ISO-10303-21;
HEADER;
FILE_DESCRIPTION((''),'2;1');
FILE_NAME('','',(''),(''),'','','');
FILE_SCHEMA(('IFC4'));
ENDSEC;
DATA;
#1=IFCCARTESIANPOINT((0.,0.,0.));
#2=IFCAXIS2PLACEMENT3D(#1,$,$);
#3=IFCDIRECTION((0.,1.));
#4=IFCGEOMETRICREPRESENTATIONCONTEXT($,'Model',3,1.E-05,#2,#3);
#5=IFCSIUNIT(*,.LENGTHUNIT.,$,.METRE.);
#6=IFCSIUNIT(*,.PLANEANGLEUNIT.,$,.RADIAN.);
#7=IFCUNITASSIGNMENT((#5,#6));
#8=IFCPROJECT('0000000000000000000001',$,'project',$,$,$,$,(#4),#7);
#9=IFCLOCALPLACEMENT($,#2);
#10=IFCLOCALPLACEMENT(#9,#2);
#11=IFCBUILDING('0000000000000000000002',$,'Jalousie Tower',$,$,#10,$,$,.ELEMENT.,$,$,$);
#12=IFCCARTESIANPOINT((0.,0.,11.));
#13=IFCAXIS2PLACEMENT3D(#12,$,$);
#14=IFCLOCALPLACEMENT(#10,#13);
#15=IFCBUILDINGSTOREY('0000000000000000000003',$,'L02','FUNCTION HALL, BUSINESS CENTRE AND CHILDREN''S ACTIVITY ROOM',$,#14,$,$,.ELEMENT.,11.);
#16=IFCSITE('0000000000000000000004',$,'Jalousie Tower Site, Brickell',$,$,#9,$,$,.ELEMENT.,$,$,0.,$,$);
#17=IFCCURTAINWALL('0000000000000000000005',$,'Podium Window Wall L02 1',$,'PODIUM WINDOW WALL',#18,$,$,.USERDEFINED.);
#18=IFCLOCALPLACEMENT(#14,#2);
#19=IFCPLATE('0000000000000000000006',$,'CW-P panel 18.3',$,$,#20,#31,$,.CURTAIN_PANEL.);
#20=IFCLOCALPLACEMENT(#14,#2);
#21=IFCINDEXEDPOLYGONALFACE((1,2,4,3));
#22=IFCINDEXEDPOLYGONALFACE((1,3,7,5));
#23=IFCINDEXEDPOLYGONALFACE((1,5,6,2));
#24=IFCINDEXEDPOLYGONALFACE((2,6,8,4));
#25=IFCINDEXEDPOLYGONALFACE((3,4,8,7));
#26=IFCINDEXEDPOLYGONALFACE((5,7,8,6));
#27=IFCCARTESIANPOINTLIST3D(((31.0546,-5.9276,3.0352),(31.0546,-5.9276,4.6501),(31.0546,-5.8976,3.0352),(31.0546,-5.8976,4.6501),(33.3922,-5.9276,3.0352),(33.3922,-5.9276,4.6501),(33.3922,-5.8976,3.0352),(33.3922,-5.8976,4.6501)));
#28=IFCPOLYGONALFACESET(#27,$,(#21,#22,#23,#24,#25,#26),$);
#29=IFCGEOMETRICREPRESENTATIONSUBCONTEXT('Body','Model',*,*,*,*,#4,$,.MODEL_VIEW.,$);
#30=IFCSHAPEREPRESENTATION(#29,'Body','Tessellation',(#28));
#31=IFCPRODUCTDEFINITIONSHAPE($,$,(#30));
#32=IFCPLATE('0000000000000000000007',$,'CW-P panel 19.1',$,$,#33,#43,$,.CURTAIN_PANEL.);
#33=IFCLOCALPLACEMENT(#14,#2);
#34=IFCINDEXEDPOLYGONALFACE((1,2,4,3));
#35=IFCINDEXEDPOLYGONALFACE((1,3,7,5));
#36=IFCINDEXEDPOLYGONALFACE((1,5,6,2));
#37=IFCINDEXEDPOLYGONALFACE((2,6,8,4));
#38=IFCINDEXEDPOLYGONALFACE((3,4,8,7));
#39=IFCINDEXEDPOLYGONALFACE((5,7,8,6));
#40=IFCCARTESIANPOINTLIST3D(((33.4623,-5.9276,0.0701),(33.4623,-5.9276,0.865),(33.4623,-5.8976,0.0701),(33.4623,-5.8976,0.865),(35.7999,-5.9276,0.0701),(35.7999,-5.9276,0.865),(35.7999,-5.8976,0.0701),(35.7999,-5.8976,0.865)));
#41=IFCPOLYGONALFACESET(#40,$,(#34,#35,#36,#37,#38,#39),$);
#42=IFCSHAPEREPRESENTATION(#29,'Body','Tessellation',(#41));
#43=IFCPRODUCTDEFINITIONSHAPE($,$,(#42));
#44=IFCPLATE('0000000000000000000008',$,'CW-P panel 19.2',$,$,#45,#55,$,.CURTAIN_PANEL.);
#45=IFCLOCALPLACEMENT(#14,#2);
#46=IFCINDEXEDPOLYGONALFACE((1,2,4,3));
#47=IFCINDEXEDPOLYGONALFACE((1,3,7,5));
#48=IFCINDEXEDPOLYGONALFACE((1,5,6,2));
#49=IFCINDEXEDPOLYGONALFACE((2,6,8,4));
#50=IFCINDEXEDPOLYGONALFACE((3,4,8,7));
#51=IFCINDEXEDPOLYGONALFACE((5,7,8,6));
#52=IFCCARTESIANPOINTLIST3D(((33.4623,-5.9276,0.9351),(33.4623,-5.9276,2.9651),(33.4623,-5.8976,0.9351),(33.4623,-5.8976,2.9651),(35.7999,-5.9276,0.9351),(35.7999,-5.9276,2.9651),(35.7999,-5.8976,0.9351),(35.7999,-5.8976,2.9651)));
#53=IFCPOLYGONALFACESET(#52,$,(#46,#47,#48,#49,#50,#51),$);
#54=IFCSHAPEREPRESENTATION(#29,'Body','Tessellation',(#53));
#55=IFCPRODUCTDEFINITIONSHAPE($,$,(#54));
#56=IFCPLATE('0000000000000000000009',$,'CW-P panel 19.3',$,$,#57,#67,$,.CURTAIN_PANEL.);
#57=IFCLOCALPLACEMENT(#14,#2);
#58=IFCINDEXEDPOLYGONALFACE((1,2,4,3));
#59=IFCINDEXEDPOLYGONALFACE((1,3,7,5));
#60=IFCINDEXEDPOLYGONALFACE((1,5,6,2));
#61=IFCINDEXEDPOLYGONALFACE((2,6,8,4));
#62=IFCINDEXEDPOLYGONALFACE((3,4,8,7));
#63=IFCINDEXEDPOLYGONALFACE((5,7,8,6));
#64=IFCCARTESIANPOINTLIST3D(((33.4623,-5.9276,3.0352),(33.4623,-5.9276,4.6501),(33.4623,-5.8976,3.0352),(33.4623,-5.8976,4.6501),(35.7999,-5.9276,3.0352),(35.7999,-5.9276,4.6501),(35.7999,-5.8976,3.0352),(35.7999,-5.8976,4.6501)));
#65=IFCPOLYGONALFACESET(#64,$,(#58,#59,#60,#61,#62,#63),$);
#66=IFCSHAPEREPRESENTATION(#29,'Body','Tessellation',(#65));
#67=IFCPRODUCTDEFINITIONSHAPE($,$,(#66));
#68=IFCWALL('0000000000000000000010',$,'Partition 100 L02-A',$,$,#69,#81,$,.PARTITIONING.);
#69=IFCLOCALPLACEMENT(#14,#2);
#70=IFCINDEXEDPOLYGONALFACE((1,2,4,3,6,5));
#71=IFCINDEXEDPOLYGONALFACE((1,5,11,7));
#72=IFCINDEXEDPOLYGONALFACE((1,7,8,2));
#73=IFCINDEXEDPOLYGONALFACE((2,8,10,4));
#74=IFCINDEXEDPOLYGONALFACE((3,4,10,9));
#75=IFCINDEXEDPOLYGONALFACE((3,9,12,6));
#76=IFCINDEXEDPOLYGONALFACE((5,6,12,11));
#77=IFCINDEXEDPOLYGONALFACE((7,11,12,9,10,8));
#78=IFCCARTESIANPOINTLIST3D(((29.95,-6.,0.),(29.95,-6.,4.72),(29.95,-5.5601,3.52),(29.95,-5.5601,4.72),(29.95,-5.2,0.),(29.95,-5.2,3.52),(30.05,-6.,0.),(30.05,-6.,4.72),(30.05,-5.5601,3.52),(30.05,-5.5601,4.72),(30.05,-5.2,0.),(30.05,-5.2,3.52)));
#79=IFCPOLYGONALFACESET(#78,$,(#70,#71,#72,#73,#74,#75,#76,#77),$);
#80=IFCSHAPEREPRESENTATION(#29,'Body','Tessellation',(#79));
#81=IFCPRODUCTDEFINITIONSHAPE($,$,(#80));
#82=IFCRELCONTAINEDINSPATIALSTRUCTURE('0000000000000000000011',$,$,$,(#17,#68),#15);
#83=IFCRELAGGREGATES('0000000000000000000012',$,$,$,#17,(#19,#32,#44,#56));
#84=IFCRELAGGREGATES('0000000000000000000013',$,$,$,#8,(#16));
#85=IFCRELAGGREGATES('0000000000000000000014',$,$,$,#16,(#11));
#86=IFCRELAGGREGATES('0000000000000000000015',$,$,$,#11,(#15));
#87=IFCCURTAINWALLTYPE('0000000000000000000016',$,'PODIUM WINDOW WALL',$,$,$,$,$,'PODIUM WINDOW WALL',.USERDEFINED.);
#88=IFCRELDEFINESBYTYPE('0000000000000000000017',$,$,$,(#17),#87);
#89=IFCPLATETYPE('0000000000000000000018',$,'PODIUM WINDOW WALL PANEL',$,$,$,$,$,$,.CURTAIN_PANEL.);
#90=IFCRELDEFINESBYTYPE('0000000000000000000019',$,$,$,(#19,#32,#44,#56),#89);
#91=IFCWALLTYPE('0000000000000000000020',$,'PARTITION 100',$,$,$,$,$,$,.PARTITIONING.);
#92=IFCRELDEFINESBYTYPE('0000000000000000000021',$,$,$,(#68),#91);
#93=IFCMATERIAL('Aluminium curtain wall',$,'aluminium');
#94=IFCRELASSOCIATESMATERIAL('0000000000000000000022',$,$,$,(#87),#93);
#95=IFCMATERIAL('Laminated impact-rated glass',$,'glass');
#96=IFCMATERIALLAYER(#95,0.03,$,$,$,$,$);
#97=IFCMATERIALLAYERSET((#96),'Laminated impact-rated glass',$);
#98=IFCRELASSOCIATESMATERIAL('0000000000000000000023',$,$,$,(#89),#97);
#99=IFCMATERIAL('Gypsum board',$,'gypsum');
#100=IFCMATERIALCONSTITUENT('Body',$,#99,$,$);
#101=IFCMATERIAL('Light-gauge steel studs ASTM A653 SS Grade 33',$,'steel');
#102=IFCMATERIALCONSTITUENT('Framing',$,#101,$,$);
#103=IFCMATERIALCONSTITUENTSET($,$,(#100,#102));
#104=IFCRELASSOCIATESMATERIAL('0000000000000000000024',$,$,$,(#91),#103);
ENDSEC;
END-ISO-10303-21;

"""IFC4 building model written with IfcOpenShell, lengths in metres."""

from ifc_helpers import new_model, si_unit, direction, frame, origin, origin_2d, place, context, subcontext, project, spatial, polyline, rectangle, outline, extrude, material, layer, layer_set, constituent, constituent_set, type_object, element, aggregate, save


model = new_model("IFC4")

# Units and contexts
model_context = context("Model", 3, precision=1e-05, world=origin(), true_north=direction((0.0, 1.0)))
body_context = subcontext(model_context, "Body", "Model", "MODEL_VIEW")
ifc_project = project(units=[si_unit("LENGTHUNIT", "METRE"), si_unit("PLANEANGLEUNIT", "RADIAN")], contexts=[model_context])

# Site, building, storey
site_placement = place(None, origin())
site = spatial("IfcSite", under=ifc_project, at=site_placement, Name="Jalousie Tower Site, Brickell", CompositionType="ELEMENT", RefElevation=0.0)
building_placement = place(site_placement, origin())
building = spatial("IfcBuilding", under=site, at=building_placement, Name="Jalousie Tower", CompositionType="ELEMENT")
storey_placement = place(building_placement, frame((0.0, 0.0, 11.0)))
storey = spatial("IfcBuildingStorey", under=building, at=storey_placement, Name="L02", Description="FUNCTION HALL, BUSINESS CENTRE AND CHILDREN'S ACTIVITY ROOM", CompositionType="ELEMENT", Elevation=11.0)

# Curtain wall, plates
ifc_material_1 = material(Name="Aluminium curtain wall", Category="aluminium")
curtain_wall_type = type_object("IfcCurtainWallType", Name="PODIUM WINDOW WALL", ElementType="PODIUM WINDOW WALL", PredefinedType="USERDEFINED", material=ifc_material_1)
curtain_wall_placement = place(storey_placement, origin())
curtain_wall = element("IfcCurtainWall", 1, at=curtain_wall_placement, inside=storey, type_object=curtain_wall_type, Name="Podium Window Wall L02 1", ObjectType="PODIUM WINDOW WALL", PredefinedType="USERDEFINED")
ifc_material_2 = material(Name="Laminated impact-rated glass", Category="glass")
ifc_layer = layer(ifc_material_2, 0.03)
ifc_layer_set = layer_set([ifc_layer], Name="Laminated impact-rated glass")
plate_type = type_object("IfcPlateType", Name="PODIUM WINDOW WALL PANEL", PredefinedType="CURTAIN_PANEL", material=ifc_layer_set)
plate_1_placement = place(storey_placement, frame((32.2234, -5.9126, 3.0352), z_axis=(0.0, 0.0, 1.0), x_axis=(1.0, 0.0, 0.0)))
plate_1 = element("IfcPlate", 2, at=plate_1_placement, type_object=plate_type, Name="CW-P panel 18.3", PredefinedType="CURTAIN_PANEL", context=body_context, shape_type="SweptSolid", body=[
    extrude(rectangle(XDim=2.3376, YDim=0.03, at=origin_2d()), origin(), (0.0, 0.0, 1.0), 1.615),
])
plate_2_placement = place(storey_placement, frame((34.6311, -5.9126, 0.0701), z_axis=(0.0, 0.0, 1.0), x_axis=(1.0, 0.0, 0.0)))
plate_2 = element("IfcPlate", 3, at=plate_2_placement, type_object=plate_type, Name="CW-P panel 19.1", PredefinedType="CURTAIN_PANEL", context=body_context, shape_type="SweptSolid", body=[
    extrude(rectangle(XDim=2.3376, YDim=0.03, at=origin_2d()), origin(), (0.0, 0.0, 1.0), 0.7949),
])
plate_3_placement = place(storey_placement, frame((34.6311, -5.9126, 0.9351), z_axis=(0.0, 0.0, 1.0), x_axis=(1.0, 0.0, 0.0)))
plate_3 = element("IfcPlate", 4, at=plate_3_placement, type_object=plate_type, Name="CW-P panel 19.2", PredefinedType="CURTAIN_PANEL", context=body_context, shape_type="SweptSolid", body=[
    extrude(rectangle(XDim=2.3376, YDim=0.03, at=origin_2d()), origin(), (0.0, 0.0, 1.0), 2.03),
])
plate_4_placement = place(storey_placement, frame((34.6311, -5.9126, 3.0352), z_axis=(0.0, 0.0, 1.0), x_axis=(1.0, 0.0, 0.0)))
plate_4 = element("IfcPlate", 5, at=plate_4_placement, type_object=plate_type, Name="CW-P panel 19.3", PredefinedType="CURTAIN_PANEL", context=body_context, shape_type="SweptSolid", body=[
    extrude(rectangle(XDim=2.3376, YDim=0.03, at=origin_2d()), origin(), (0.0, 0.0, 1.0), 1.615),
])
aggregate(curtain_wall, [plate_1, plate_2, plate_3, plate_4])

# Wall
ifc_material_3 = material(Name="Gypsum board", Category="gypsum")
ifc_constituent_1 = constituent(ifc_material_3, Name="Body")
ifc_material_4 = material(Name="Light-gauge steel studs ASTM A653 SS Grade 33", Category="steel")
ifc_constituent_2 = constituent(ifc_material_4, Name="Framing")
ifc_constituent_set = constituent_set(constituents=[ifc_constituent_1, ifc_constituent_2])
wall_type = type_object("IfcWallType", Name="PARTITION 100", PredefinedType="PARTITIONING", material=ifc_constituent_set)
wall_placement = place(storey_placement, frame((30.0, -6.0, 0.0), z_axis=(0.0, 0.0, 1.0), x_axis=(0.0, 1.0, 0.0)))
element("IfcWall", 6, at=wall_placement, inside=storey, type_object=wall_type, Name="Partition 100 L02-A", PredefinedType="PARTITIONING", context=body_context, shape_type="SweptSolid", body=[
    extrude(outline(polyline([(0.0, 0.0), (0.8, 0.0), (0.8, 3.52), (0.4399, 3.52), (0.4399, 4.72), (0.0, 4.72), (0.0, 0.0)])), frame((0.0, 0.05, 0.0), z_axis=(0.0, -1.0, 0.0), x_axis=(1.0, 0.0, 0.0)), (0.0, 0.0, 1.0), 0.1001),
])

save(model, "model.ifc")
